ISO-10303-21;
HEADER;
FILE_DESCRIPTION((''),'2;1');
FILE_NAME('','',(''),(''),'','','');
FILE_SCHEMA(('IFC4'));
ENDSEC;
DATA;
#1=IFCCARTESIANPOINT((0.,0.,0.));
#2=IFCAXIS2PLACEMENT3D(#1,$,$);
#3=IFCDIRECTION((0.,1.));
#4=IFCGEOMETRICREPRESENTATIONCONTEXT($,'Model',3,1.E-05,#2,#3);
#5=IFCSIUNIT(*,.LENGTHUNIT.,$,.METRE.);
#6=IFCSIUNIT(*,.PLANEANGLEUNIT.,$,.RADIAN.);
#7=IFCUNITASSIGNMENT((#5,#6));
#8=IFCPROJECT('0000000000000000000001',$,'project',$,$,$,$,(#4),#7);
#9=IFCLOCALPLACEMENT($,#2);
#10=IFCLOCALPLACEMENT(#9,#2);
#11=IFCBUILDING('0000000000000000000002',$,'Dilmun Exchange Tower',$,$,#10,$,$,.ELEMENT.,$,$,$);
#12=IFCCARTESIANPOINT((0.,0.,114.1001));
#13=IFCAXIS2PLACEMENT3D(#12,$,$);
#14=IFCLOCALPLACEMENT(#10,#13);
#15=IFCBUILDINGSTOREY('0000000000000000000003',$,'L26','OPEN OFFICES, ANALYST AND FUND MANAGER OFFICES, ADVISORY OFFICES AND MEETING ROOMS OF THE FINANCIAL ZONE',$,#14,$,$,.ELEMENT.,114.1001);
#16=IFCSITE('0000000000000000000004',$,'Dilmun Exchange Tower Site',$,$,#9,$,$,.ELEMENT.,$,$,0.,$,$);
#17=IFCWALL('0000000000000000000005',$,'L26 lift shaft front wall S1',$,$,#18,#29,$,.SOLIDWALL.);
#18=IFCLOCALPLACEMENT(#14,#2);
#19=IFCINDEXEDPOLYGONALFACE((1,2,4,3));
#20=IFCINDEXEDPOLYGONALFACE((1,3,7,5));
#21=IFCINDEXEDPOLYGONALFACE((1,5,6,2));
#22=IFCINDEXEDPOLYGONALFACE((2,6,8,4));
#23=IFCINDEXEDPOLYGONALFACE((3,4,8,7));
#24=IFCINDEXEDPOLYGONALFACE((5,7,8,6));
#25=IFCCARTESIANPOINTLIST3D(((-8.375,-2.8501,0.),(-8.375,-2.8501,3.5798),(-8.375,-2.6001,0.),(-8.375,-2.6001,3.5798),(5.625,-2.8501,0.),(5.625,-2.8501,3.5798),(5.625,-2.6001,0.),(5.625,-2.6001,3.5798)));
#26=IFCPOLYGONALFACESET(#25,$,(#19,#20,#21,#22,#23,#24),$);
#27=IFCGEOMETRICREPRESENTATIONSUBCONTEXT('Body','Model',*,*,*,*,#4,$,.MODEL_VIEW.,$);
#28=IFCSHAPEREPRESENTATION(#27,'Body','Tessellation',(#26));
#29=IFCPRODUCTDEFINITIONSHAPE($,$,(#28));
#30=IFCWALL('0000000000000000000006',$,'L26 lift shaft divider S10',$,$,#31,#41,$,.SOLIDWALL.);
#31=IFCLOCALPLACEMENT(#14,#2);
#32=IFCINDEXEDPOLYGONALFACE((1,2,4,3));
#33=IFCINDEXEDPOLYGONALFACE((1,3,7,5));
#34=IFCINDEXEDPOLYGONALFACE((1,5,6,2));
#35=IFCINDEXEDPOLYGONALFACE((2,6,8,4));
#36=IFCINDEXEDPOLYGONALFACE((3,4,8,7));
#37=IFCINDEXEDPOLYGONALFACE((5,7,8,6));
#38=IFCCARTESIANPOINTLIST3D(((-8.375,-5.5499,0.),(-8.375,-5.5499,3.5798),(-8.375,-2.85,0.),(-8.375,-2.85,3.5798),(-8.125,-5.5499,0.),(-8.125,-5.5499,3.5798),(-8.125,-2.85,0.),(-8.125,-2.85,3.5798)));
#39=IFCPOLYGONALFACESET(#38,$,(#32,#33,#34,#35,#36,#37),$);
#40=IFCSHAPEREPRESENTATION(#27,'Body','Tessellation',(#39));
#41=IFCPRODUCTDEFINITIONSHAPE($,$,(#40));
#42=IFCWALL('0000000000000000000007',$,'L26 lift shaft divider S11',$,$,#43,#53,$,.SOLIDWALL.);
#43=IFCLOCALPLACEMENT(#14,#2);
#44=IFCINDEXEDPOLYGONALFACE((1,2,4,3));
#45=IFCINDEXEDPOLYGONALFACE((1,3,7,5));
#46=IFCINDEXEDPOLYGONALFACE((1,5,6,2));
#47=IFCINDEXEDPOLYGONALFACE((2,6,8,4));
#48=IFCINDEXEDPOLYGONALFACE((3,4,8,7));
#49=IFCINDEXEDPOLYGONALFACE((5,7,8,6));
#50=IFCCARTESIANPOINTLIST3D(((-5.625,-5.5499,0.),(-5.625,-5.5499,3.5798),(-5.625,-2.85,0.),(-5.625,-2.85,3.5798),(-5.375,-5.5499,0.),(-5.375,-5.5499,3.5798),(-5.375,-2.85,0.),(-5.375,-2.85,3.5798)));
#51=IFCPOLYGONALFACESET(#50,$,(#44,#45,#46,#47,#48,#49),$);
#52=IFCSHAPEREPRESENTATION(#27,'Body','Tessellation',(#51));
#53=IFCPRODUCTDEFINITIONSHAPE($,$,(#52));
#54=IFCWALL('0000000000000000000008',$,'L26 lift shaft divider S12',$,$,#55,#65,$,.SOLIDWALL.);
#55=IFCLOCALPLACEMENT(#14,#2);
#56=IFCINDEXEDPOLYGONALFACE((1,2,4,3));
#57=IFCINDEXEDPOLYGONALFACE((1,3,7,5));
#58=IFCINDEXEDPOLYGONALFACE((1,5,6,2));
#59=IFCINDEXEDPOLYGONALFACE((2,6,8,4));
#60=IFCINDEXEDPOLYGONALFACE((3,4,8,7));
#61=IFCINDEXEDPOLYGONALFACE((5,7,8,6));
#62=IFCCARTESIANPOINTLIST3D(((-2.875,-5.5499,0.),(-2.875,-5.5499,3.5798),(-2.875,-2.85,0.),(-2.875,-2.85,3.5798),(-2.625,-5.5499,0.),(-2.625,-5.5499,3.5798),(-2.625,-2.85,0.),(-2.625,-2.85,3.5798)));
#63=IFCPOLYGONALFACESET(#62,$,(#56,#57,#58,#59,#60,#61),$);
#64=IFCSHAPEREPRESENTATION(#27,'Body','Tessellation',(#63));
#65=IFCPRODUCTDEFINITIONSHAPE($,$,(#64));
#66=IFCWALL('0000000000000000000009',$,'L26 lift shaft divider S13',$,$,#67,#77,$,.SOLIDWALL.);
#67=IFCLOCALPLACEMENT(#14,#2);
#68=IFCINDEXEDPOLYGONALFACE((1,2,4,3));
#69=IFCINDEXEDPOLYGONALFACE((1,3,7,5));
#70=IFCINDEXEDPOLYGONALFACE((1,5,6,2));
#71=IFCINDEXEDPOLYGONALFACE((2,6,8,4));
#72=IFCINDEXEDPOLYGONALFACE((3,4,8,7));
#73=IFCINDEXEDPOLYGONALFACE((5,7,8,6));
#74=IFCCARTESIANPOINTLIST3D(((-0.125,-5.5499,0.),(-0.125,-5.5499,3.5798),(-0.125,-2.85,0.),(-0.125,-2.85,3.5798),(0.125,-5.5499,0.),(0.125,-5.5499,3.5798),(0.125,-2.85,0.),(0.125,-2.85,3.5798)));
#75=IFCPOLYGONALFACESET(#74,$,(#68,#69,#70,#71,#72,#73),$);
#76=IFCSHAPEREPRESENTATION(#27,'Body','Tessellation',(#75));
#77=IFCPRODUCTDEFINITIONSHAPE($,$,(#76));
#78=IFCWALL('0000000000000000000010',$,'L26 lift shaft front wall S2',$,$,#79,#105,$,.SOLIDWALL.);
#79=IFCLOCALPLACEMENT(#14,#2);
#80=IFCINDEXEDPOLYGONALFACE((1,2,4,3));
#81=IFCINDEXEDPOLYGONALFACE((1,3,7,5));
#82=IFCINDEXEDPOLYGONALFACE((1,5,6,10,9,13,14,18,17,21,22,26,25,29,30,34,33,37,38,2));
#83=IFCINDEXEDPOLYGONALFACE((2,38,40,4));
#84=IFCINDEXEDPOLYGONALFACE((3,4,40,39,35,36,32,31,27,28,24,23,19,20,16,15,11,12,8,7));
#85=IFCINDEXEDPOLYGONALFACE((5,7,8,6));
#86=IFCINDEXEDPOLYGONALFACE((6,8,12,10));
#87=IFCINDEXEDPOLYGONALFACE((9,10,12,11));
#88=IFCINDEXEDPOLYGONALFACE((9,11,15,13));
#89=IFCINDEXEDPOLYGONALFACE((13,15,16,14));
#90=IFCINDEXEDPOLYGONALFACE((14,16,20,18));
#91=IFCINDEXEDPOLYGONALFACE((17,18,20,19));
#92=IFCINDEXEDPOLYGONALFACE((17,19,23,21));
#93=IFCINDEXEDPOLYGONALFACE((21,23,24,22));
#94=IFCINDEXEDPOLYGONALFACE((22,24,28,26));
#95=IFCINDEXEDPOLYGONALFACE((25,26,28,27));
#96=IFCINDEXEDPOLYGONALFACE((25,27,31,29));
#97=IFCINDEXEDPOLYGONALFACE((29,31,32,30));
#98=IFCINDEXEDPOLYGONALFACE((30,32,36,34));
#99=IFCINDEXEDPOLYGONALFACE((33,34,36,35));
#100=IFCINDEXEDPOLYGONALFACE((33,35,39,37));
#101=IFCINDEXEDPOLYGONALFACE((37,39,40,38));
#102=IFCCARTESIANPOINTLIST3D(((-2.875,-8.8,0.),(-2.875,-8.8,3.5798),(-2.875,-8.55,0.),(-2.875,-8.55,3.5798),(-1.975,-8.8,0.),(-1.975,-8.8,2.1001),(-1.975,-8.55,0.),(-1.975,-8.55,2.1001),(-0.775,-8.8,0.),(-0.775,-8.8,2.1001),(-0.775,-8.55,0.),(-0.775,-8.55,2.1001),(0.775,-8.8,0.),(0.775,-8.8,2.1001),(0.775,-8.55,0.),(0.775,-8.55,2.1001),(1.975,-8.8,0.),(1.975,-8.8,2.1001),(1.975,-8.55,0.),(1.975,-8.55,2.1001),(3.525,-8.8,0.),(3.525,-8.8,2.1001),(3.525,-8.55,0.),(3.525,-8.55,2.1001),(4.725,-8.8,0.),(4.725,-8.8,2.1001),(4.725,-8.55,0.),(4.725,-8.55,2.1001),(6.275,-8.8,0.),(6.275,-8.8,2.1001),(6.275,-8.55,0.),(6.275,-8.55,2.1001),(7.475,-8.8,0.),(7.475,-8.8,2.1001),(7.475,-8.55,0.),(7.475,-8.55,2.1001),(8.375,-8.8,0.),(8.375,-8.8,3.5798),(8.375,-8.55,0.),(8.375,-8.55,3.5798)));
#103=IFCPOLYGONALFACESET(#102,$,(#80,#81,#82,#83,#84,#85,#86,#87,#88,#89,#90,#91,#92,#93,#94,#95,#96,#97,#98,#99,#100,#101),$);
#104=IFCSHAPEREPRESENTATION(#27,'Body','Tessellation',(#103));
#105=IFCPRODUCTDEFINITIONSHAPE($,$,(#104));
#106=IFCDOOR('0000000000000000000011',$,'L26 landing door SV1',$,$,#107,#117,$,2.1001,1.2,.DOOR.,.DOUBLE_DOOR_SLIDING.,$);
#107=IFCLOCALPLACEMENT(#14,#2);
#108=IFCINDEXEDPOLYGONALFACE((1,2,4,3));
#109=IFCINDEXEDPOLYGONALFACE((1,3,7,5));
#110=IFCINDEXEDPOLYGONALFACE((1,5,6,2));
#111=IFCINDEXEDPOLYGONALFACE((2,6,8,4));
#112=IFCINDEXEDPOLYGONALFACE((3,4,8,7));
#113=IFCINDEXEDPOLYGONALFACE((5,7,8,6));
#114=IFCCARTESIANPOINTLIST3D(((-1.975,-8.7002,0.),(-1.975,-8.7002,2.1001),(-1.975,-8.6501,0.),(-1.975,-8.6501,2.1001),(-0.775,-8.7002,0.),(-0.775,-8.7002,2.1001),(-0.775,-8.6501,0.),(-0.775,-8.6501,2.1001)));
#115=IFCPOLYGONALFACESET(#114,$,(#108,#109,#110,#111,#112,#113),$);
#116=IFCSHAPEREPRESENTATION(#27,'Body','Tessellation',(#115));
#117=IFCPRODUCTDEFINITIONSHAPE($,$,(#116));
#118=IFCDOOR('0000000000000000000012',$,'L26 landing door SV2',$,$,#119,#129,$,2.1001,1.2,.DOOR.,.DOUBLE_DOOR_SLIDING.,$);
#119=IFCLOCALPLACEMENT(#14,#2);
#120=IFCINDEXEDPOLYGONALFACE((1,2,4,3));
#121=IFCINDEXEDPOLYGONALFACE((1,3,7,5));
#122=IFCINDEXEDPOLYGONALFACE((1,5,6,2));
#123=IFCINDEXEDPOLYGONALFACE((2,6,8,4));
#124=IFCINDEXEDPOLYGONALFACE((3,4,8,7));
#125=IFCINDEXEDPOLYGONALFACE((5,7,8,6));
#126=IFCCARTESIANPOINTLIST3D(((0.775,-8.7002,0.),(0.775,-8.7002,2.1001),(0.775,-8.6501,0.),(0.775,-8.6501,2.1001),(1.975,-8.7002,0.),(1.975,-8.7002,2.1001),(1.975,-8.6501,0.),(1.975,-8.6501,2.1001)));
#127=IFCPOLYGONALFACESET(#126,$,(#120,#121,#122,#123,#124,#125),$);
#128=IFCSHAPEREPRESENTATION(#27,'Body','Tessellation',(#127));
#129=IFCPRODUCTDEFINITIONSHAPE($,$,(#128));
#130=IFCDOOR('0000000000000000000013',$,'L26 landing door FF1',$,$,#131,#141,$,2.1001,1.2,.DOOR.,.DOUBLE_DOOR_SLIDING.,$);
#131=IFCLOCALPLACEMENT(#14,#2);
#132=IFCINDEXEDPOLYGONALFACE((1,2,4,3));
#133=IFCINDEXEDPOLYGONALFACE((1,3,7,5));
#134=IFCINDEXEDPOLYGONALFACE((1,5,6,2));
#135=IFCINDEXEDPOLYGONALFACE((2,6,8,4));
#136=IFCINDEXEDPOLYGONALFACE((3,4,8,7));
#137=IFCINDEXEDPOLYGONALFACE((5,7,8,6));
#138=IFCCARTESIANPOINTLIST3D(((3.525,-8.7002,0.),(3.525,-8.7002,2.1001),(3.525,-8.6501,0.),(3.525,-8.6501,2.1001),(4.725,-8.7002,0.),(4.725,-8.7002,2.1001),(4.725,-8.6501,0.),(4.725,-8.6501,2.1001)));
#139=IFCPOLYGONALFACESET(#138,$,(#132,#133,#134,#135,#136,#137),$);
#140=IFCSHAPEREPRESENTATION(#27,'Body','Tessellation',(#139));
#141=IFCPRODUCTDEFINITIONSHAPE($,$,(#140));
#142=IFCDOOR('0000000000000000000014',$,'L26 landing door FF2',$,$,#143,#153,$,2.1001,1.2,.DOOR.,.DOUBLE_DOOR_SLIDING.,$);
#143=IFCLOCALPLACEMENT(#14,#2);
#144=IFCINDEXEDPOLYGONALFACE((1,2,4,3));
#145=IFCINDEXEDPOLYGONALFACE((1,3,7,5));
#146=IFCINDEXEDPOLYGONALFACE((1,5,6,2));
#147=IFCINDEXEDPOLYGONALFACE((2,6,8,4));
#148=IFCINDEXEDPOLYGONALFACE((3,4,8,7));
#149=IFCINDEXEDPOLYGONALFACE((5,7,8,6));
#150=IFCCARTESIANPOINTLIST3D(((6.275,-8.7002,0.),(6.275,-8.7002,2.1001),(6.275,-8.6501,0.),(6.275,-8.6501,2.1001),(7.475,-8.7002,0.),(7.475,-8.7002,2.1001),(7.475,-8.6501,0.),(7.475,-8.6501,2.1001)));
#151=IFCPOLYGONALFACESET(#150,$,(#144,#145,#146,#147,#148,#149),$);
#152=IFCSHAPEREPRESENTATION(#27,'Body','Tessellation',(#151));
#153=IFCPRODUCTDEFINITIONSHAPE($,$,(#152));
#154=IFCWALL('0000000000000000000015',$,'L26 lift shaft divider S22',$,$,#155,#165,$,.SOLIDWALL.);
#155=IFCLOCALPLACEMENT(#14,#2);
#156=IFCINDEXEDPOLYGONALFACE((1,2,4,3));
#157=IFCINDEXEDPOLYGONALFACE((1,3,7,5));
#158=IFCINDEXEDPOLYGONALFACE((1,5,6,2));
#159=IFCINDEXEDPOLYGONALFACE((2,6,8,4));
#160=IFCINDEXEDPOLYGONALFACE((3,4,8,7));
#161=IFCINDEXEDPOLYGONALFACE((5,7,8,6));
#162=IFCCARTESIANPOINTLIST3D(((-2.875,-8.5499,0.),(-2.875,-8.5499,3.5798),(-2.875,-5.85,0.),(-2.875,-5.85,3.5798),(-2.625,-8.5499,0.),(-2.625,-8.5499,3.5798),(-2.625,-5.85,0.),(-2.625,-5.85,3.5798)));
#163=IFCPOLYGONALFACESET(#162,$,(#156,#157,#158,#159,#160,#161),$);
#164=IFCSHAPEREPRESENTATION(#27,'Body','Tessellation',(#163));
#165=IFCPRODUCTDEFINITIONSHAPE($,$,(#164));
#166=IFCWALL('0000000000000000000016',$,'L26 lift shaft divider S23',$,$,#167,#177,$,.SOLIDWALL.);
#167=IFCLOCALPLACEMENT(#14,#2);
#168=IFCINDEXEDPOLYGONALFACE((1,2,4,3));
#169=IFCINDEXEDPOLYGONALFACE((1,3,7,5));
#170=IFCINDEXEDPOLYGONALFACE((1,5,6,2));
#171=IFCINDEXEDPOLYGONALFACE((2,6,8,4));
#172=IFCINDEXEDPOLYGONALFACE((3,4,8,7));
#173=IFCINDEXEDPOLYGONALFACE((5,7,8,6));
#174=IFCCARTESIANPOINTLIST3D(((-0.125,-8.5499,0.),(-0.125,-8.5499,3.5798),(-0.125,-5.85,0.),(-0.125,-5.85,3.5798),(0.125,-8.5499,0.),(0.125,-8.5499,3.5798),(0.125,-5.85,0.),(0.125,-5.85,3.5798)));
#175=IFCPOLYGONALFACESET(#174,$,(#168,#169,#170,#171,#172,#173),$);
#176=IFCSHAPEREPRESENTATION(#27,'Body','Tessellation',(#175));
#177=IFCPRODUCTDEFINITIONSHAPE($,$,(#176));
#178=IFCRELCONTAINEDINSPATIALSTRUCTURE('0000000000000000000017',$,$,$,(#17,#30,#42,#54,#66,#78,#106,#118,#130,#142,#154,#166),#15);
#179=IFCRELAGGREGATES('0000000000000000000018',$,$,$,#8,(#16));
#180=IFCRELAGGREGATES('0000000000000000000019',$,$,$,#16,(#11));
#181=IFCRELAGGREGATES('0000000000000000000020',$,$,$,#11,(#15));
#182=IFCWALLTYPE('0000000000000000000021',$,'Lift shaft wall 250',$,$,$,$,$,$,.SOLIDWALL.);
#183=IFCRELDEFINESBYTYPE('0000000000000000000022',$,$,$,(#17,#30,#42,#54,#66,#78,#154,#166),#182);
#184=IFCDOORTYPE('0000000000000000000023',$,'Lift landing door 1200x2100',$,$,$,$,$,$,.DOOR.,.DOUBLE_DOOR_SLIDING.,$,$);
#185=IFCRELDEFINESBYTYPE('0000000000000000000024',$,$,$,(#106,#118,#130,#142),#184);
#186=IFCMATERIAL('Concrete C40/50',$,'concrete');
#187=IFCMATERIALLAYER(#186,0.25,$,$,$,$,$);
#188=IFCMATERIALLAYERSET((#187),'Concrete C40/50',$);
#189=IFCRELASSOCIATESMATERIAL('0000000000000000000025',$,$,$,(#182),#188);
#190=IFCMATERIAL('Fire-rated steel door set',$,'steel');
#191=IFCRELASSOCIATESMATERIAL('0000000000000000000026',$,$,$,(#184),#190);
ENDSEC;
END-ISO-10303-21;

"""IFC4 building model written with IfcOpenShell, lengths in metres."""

from ifc_helpers import new_model, si_unit, direction, frame, frame_2d, origin, place, context, subcontext, project, spatial, rectangle, extrude, material, layer, layer_set, type_object, element, fill, save


model = new_model("IFC4")

# Units and contexts
model_context = context("Model", 3, precision=1e-05, world=origin(), true_north=direction((0.0, 1.0)))
body_context = subcontext(model_context, "Body", "Model", "MODEL_VIEW")
ifc_project = project(units=[si_unit("LENGTHUNIT", "METRE"), si_unit("PLANEANGLEUNIT", "RADIAN")], contexts=[model_context])

# Site, building, storey
site_placement = place(None, origin())
site = spatial("IfcSite", under=ifc_project, at=site_placement, Name="Dilmun Exchange Tower Site", CompositionType="ELEMENT", RefElevation=0.0)
building_placement = place(site_placement, origin())
building = spatial("IfcBuilding", under=site, at=building_placement, Name="Dilmun Exchange Tower", CompositionType="ELEMENT")
storey_placement = place(building_placement, frame((0.0, 0.0, 114.1001)))
storey = spatial("IfcBuildingStorey", under=building, at=storey_placement, Name="L26", Description="OPEN OFFICES, ANALYST AND FUND MANAGER OFFICES, ADVISORY OFFICES AND MEETING ROOMS OF THE FINANCIAL ZONE", CompositionType="ELEMENT", Elevation=114.1001)

# Shared definitions
ifc_material_1 = material(Name="Concrete C40/50", Category="concrete")

# Shared definitions
ifc_material_2 = material(Name="Fire-rated steel door set", Category="steel")

# Walls
ifc_layer_1 = layer(ifc_material_1, 0.25)
ifc_layer_set_1 = layer_set([ifc_layer_1], Name="Concrete C40/50")
wall_type_1 = type_object("IfcWallType", Name="Lift shaft wall 250", PredefinedType="SOLIDWALL", material=ifc_layer_set_1)
wall_1_placement = place(storey_placement, frame((-8.375, -2.7251, 0.0), z_axis=(0.0, 0.0, 1.0), x_axis=(1.0, 0.0, 0.0)))
element("IfcWall", 1, at=wall_1_placement, inside=storey, type_object=wall_type_1, Name="L26 lift shaft front wall S1", PredefinedType="SOLIDWALL", context=body_context, shape_type="SweptSolid", body=[
    extrude(rectangle(XDim=14.0, YDim=0.25, at=frame_2d((7.0, 0.0))), origin(), (0.0, 0.0, 1.0), 3.5798),
])
for number, where, z_axis, x_axis, name in (
    (2, (-8.25, -5.55, 0.0), (0.0, 0.0, 1.0), (0.0, 1.0, 0.0), "L26 lift shaft divider S10"),
    (3, (-5.5, -5.55, 0.0), (0.0, 0.0, 1.0), (0.0, 1.0, 0.0), "L26 lift shaft divider S11"),
    (4, (-2.75, -5.55, 0.0), (0.0, 0.0, 1.0), (0.0, 1.0, 0.0), "L26 lift shaft divider S12"),
    (5, (0.0, -5.55, 0.0), (0.0, 0.0, 1.0), (0.0, 1.0, 0.0), "L26 lift shaft divider S13"),
):
    element("IfcWall", number, at=place(storey_placement, frame(where, z_axis=z_axis, x_axis=x_axis)), inside=storey, type_object=wall_type_1, Name=name, PredefinedType="SOLIDWALL", context=body_context, shape_type="SweptSolid", body=[
        extrude(rectangle(XDim=2.7, YDim=0.25, at=frame_2d((1.3501, 0.0))), origin(), (0.0, 0.0, 1.0), 3.5798),
    ])

# Wall, openings, doors
wall_2_placement = place(storey_placement, frame((-2.875, -8.675, 0.0), z_axis=(0.0, 0.0, 1.0), x_axis=(1.0, 0.0, 0.0)))
wall_2 = element("IfcWall", 6, at=wall_2_placement, inside=storey, type_object=wall_type_1, Name="L26 lift shaft front wall S2", PredefinedType="SOLIDWALL", context=body_context, shape_type="SweptSolid", body=[
    extrude(rectangle(XDim=11.25, YDim=0.25, at=frame_2d((5.625, 0.0))), origin(), (0.0, 0.0, 1.0), 3.5798),
])
opening_1_placement = place(wall_2_placement, frame((0.8999, 0.0, 0.0)))
opening_1 = element("IfcOpeningElement", 7, at=opening_1_placement, cuts=wall_2, PredefinedType="OPENING", context=body_context, shape_type="SweptSolid", body=[
    extrude(rectangle(XDim=1.2, YDim=2.1001, at=frame_2d((0.6001, 1.05))), frame((0.0, 0.135, 0.0), z_axis=(0.0, -1.0, 0.0), x_axis=(1.0, 0.0, 0.0)), (0.0, 0.0, 1.0), 0.27),
])
opening_2_placement = place(wall_2_placement, frame((3.6499, 0.0, 0.0)))
opening_2 = element("IfcOpeningElement", 8, at=opening_2_placement, cuts=wall_2, PredefinedType="OPENING", context=body_context, shape_type="SweptSolid", body=[
    extrude(rectangle(XDim=1.2, YDim=2.1001, at=frame_2d((0.6001, 1.05))), frame((0.0, 0.135, 0.0), z_axis=(0.0, -1.0, 0.0), x_axis=(1.0, 0.0, 0.0)), (0.0, 0.0, 1.0), 0.27),
])
opening_3_placement = place(wall_2_placement, frame((6.3999, 0.0, 0.0)))
opening_3 = element("IfcOpeningElement", 9, at=opening_3_placement, cuts=wall_2, PredefinedType="OPENING", context=body_context, shape_type="SweptSolid", body=[
    extrude(rectangle(XDim=1.2, YDim=2.1001, at=frame_2d((0.6001, 1.05))), frame((0.0, 0.135, 0.0), z_axis=(0.0, -1.0, 0.0), x_axis=(1.0, 0.0, 0.0)), (0.0, 0.0, 1.0), 0.27),
])
opening_4_placement = place(wall_2_placement, frame((9.1499, 0.0, 0.0)))
opening_4 = element("IfcOpeningElement", 10, at=opening_4_placement, cuts=wall_2, PredefinedType="OPENING", context=body_context, shape_type="SweptSolid", body=[
    extrude(rectangle(XDim=1.2, YDim=2.1001, at=frame_2d((0.6001, 1.05))), frame((0.0, 0.135, 0.0), z_axis=(0.0, -1.0, 0.0), x_axis=(1.0, 0.0, 0.0)), (0.0, 0.0, 1.0), 0.27),
])
door_type_1 = type_object("IfcDoorType", Name="Lift landing door 1200x2100", OperationType="DOUBLE_DOOR_SLIDING", PredefinedType="DOOR", material=ifc_material_2)
door_1_placement = place(opening_1_placement, origin())
door_1 = element("IfcDoor", 11, at=door_1_placement, inside=storey, type_object=door_type_1, Name="L26 landing door SV1", OperationType="DOUBLE_DOOR_SLIDING", OverallHeight=2.1001, OverallWidth=1.2, PredefinedType="DOOR", context=body_context, shape_type="SweptSolid", body=[
    extrude(rectangle(XDim=1.2, YDim=2.1001, at=frame_2d((0.6001, 1.05))), frame((0.0, 0.0249, 0.0), z_axis=(0.0, -1.0, 0.0), x_axis=(1.0, 0.0, 0.0)), (0.0, 0.0, 1.0), 0.05),
])
fill(opening_1, door_1)
door_2_placement = place(opening_2_placement, origin())
door_2 = element("IfcDoor", 12, at=door_2_placement, inside=storey, type_object=door_type_1, Name="L26 landing door SV2", OperationType="DOUBLE_DOOR_SLIDING", OverallHeight=2.1001, OverallWidth=1.2, PredefinedType="DOOR", context=body_context, shape_type="SweptSolid", body=[
    extrude(rectangle(XDim=1.2, YDim=2.1001, at=frame_2d((0.6001, 1.05))), frame((0.0, 0.0249, 0.0), z_axis=(0.0, -1.0, 0.0), x_axis=(1.0, 0.0, 0.0)), (0.0, 0.0, 1.0), 0.05),
])
fill(opening_2, door_2)
door_3_placement = place(opening_3_placement, origin())
door_3 = element("IfcDoor", 13, at=door_3_placement, inside=storey, type_object=door_type_1, Name="L26 landing door FF1", OperationType="DOUBLE_DOOR_SLIDING", OverallHeight=2.1001, OverallWidth=1.2, PredefinedType="DOOR", context=body_context, shape_type="SweptSolid", body=[
    extrude(rectangle(XDim=1.2, YDim=2.1001, at=frame_2d((0.6001, 1.05))), frame((0.0, 0.0249, 0.0), z_axis=(0.0, -1.0, 0.0), x_axis=(1.0, 0.0, 0.0)), (0.0, 0.0, 1.0), 0.05),
])
fill(opening_3, door_3)
door_4_placement = place(opening_4_placement, origin())
door_4 = element("IfcDoor", 14, at=door_4_placement, inside=storey, type_object=door_type_1, Name="L26 landing door FF2", OperationType="DOUBLE_DOOR_SLIDING", OverallHeight=2.1001, OverallWidth=1.2, PredefinedType="DOOR", context=body_context, shape_type="SweptSolid", body=[
    extrude(rectangle(XDim=1.2, YDim=2.1001, at=frame_2d((0.6001, 1.05))), frame((0.0, 0.0249, 0.0), z_axis=(0.0, -1.0, 0.0), x_axis=(1.0, 0.0, 0.0)), (0.0, 0.0, 1.0), 0.05),
])
fill(opening_4, door_4)

# Walls
for number, where, z_axis, x_axis, name in (
    (15, (-2.75, -8.55, 0.0), (0.0, 0.0, 1.0), (0.0, 1.0, 0.0), "L26 lift shaft divider S22"),
    (16, (0.0, -8.55, 0.0), (0.0, 0.0, 1.0), (0.0, 1.0, 0.0), "L26 lift shaft divider S23"),
):
    element("IfcWall", number, at=place(storey_placement, frame(where, z_axis=z_axis, x_axis=x_axis)), inside=storey, type_object=wall_type_1, Name=name, PredefinedType="SOLIDWALL", context=body_context, shape_type="SweptSolid", body=[
        extrude(rectangle(XDim=2.7, YDim=0.25, at=frame_2d((1.3501, 0.0))), origin(), (0.0, 0.0, 1.0), 3.5798),
    ])

save(model, "model.ifc")
